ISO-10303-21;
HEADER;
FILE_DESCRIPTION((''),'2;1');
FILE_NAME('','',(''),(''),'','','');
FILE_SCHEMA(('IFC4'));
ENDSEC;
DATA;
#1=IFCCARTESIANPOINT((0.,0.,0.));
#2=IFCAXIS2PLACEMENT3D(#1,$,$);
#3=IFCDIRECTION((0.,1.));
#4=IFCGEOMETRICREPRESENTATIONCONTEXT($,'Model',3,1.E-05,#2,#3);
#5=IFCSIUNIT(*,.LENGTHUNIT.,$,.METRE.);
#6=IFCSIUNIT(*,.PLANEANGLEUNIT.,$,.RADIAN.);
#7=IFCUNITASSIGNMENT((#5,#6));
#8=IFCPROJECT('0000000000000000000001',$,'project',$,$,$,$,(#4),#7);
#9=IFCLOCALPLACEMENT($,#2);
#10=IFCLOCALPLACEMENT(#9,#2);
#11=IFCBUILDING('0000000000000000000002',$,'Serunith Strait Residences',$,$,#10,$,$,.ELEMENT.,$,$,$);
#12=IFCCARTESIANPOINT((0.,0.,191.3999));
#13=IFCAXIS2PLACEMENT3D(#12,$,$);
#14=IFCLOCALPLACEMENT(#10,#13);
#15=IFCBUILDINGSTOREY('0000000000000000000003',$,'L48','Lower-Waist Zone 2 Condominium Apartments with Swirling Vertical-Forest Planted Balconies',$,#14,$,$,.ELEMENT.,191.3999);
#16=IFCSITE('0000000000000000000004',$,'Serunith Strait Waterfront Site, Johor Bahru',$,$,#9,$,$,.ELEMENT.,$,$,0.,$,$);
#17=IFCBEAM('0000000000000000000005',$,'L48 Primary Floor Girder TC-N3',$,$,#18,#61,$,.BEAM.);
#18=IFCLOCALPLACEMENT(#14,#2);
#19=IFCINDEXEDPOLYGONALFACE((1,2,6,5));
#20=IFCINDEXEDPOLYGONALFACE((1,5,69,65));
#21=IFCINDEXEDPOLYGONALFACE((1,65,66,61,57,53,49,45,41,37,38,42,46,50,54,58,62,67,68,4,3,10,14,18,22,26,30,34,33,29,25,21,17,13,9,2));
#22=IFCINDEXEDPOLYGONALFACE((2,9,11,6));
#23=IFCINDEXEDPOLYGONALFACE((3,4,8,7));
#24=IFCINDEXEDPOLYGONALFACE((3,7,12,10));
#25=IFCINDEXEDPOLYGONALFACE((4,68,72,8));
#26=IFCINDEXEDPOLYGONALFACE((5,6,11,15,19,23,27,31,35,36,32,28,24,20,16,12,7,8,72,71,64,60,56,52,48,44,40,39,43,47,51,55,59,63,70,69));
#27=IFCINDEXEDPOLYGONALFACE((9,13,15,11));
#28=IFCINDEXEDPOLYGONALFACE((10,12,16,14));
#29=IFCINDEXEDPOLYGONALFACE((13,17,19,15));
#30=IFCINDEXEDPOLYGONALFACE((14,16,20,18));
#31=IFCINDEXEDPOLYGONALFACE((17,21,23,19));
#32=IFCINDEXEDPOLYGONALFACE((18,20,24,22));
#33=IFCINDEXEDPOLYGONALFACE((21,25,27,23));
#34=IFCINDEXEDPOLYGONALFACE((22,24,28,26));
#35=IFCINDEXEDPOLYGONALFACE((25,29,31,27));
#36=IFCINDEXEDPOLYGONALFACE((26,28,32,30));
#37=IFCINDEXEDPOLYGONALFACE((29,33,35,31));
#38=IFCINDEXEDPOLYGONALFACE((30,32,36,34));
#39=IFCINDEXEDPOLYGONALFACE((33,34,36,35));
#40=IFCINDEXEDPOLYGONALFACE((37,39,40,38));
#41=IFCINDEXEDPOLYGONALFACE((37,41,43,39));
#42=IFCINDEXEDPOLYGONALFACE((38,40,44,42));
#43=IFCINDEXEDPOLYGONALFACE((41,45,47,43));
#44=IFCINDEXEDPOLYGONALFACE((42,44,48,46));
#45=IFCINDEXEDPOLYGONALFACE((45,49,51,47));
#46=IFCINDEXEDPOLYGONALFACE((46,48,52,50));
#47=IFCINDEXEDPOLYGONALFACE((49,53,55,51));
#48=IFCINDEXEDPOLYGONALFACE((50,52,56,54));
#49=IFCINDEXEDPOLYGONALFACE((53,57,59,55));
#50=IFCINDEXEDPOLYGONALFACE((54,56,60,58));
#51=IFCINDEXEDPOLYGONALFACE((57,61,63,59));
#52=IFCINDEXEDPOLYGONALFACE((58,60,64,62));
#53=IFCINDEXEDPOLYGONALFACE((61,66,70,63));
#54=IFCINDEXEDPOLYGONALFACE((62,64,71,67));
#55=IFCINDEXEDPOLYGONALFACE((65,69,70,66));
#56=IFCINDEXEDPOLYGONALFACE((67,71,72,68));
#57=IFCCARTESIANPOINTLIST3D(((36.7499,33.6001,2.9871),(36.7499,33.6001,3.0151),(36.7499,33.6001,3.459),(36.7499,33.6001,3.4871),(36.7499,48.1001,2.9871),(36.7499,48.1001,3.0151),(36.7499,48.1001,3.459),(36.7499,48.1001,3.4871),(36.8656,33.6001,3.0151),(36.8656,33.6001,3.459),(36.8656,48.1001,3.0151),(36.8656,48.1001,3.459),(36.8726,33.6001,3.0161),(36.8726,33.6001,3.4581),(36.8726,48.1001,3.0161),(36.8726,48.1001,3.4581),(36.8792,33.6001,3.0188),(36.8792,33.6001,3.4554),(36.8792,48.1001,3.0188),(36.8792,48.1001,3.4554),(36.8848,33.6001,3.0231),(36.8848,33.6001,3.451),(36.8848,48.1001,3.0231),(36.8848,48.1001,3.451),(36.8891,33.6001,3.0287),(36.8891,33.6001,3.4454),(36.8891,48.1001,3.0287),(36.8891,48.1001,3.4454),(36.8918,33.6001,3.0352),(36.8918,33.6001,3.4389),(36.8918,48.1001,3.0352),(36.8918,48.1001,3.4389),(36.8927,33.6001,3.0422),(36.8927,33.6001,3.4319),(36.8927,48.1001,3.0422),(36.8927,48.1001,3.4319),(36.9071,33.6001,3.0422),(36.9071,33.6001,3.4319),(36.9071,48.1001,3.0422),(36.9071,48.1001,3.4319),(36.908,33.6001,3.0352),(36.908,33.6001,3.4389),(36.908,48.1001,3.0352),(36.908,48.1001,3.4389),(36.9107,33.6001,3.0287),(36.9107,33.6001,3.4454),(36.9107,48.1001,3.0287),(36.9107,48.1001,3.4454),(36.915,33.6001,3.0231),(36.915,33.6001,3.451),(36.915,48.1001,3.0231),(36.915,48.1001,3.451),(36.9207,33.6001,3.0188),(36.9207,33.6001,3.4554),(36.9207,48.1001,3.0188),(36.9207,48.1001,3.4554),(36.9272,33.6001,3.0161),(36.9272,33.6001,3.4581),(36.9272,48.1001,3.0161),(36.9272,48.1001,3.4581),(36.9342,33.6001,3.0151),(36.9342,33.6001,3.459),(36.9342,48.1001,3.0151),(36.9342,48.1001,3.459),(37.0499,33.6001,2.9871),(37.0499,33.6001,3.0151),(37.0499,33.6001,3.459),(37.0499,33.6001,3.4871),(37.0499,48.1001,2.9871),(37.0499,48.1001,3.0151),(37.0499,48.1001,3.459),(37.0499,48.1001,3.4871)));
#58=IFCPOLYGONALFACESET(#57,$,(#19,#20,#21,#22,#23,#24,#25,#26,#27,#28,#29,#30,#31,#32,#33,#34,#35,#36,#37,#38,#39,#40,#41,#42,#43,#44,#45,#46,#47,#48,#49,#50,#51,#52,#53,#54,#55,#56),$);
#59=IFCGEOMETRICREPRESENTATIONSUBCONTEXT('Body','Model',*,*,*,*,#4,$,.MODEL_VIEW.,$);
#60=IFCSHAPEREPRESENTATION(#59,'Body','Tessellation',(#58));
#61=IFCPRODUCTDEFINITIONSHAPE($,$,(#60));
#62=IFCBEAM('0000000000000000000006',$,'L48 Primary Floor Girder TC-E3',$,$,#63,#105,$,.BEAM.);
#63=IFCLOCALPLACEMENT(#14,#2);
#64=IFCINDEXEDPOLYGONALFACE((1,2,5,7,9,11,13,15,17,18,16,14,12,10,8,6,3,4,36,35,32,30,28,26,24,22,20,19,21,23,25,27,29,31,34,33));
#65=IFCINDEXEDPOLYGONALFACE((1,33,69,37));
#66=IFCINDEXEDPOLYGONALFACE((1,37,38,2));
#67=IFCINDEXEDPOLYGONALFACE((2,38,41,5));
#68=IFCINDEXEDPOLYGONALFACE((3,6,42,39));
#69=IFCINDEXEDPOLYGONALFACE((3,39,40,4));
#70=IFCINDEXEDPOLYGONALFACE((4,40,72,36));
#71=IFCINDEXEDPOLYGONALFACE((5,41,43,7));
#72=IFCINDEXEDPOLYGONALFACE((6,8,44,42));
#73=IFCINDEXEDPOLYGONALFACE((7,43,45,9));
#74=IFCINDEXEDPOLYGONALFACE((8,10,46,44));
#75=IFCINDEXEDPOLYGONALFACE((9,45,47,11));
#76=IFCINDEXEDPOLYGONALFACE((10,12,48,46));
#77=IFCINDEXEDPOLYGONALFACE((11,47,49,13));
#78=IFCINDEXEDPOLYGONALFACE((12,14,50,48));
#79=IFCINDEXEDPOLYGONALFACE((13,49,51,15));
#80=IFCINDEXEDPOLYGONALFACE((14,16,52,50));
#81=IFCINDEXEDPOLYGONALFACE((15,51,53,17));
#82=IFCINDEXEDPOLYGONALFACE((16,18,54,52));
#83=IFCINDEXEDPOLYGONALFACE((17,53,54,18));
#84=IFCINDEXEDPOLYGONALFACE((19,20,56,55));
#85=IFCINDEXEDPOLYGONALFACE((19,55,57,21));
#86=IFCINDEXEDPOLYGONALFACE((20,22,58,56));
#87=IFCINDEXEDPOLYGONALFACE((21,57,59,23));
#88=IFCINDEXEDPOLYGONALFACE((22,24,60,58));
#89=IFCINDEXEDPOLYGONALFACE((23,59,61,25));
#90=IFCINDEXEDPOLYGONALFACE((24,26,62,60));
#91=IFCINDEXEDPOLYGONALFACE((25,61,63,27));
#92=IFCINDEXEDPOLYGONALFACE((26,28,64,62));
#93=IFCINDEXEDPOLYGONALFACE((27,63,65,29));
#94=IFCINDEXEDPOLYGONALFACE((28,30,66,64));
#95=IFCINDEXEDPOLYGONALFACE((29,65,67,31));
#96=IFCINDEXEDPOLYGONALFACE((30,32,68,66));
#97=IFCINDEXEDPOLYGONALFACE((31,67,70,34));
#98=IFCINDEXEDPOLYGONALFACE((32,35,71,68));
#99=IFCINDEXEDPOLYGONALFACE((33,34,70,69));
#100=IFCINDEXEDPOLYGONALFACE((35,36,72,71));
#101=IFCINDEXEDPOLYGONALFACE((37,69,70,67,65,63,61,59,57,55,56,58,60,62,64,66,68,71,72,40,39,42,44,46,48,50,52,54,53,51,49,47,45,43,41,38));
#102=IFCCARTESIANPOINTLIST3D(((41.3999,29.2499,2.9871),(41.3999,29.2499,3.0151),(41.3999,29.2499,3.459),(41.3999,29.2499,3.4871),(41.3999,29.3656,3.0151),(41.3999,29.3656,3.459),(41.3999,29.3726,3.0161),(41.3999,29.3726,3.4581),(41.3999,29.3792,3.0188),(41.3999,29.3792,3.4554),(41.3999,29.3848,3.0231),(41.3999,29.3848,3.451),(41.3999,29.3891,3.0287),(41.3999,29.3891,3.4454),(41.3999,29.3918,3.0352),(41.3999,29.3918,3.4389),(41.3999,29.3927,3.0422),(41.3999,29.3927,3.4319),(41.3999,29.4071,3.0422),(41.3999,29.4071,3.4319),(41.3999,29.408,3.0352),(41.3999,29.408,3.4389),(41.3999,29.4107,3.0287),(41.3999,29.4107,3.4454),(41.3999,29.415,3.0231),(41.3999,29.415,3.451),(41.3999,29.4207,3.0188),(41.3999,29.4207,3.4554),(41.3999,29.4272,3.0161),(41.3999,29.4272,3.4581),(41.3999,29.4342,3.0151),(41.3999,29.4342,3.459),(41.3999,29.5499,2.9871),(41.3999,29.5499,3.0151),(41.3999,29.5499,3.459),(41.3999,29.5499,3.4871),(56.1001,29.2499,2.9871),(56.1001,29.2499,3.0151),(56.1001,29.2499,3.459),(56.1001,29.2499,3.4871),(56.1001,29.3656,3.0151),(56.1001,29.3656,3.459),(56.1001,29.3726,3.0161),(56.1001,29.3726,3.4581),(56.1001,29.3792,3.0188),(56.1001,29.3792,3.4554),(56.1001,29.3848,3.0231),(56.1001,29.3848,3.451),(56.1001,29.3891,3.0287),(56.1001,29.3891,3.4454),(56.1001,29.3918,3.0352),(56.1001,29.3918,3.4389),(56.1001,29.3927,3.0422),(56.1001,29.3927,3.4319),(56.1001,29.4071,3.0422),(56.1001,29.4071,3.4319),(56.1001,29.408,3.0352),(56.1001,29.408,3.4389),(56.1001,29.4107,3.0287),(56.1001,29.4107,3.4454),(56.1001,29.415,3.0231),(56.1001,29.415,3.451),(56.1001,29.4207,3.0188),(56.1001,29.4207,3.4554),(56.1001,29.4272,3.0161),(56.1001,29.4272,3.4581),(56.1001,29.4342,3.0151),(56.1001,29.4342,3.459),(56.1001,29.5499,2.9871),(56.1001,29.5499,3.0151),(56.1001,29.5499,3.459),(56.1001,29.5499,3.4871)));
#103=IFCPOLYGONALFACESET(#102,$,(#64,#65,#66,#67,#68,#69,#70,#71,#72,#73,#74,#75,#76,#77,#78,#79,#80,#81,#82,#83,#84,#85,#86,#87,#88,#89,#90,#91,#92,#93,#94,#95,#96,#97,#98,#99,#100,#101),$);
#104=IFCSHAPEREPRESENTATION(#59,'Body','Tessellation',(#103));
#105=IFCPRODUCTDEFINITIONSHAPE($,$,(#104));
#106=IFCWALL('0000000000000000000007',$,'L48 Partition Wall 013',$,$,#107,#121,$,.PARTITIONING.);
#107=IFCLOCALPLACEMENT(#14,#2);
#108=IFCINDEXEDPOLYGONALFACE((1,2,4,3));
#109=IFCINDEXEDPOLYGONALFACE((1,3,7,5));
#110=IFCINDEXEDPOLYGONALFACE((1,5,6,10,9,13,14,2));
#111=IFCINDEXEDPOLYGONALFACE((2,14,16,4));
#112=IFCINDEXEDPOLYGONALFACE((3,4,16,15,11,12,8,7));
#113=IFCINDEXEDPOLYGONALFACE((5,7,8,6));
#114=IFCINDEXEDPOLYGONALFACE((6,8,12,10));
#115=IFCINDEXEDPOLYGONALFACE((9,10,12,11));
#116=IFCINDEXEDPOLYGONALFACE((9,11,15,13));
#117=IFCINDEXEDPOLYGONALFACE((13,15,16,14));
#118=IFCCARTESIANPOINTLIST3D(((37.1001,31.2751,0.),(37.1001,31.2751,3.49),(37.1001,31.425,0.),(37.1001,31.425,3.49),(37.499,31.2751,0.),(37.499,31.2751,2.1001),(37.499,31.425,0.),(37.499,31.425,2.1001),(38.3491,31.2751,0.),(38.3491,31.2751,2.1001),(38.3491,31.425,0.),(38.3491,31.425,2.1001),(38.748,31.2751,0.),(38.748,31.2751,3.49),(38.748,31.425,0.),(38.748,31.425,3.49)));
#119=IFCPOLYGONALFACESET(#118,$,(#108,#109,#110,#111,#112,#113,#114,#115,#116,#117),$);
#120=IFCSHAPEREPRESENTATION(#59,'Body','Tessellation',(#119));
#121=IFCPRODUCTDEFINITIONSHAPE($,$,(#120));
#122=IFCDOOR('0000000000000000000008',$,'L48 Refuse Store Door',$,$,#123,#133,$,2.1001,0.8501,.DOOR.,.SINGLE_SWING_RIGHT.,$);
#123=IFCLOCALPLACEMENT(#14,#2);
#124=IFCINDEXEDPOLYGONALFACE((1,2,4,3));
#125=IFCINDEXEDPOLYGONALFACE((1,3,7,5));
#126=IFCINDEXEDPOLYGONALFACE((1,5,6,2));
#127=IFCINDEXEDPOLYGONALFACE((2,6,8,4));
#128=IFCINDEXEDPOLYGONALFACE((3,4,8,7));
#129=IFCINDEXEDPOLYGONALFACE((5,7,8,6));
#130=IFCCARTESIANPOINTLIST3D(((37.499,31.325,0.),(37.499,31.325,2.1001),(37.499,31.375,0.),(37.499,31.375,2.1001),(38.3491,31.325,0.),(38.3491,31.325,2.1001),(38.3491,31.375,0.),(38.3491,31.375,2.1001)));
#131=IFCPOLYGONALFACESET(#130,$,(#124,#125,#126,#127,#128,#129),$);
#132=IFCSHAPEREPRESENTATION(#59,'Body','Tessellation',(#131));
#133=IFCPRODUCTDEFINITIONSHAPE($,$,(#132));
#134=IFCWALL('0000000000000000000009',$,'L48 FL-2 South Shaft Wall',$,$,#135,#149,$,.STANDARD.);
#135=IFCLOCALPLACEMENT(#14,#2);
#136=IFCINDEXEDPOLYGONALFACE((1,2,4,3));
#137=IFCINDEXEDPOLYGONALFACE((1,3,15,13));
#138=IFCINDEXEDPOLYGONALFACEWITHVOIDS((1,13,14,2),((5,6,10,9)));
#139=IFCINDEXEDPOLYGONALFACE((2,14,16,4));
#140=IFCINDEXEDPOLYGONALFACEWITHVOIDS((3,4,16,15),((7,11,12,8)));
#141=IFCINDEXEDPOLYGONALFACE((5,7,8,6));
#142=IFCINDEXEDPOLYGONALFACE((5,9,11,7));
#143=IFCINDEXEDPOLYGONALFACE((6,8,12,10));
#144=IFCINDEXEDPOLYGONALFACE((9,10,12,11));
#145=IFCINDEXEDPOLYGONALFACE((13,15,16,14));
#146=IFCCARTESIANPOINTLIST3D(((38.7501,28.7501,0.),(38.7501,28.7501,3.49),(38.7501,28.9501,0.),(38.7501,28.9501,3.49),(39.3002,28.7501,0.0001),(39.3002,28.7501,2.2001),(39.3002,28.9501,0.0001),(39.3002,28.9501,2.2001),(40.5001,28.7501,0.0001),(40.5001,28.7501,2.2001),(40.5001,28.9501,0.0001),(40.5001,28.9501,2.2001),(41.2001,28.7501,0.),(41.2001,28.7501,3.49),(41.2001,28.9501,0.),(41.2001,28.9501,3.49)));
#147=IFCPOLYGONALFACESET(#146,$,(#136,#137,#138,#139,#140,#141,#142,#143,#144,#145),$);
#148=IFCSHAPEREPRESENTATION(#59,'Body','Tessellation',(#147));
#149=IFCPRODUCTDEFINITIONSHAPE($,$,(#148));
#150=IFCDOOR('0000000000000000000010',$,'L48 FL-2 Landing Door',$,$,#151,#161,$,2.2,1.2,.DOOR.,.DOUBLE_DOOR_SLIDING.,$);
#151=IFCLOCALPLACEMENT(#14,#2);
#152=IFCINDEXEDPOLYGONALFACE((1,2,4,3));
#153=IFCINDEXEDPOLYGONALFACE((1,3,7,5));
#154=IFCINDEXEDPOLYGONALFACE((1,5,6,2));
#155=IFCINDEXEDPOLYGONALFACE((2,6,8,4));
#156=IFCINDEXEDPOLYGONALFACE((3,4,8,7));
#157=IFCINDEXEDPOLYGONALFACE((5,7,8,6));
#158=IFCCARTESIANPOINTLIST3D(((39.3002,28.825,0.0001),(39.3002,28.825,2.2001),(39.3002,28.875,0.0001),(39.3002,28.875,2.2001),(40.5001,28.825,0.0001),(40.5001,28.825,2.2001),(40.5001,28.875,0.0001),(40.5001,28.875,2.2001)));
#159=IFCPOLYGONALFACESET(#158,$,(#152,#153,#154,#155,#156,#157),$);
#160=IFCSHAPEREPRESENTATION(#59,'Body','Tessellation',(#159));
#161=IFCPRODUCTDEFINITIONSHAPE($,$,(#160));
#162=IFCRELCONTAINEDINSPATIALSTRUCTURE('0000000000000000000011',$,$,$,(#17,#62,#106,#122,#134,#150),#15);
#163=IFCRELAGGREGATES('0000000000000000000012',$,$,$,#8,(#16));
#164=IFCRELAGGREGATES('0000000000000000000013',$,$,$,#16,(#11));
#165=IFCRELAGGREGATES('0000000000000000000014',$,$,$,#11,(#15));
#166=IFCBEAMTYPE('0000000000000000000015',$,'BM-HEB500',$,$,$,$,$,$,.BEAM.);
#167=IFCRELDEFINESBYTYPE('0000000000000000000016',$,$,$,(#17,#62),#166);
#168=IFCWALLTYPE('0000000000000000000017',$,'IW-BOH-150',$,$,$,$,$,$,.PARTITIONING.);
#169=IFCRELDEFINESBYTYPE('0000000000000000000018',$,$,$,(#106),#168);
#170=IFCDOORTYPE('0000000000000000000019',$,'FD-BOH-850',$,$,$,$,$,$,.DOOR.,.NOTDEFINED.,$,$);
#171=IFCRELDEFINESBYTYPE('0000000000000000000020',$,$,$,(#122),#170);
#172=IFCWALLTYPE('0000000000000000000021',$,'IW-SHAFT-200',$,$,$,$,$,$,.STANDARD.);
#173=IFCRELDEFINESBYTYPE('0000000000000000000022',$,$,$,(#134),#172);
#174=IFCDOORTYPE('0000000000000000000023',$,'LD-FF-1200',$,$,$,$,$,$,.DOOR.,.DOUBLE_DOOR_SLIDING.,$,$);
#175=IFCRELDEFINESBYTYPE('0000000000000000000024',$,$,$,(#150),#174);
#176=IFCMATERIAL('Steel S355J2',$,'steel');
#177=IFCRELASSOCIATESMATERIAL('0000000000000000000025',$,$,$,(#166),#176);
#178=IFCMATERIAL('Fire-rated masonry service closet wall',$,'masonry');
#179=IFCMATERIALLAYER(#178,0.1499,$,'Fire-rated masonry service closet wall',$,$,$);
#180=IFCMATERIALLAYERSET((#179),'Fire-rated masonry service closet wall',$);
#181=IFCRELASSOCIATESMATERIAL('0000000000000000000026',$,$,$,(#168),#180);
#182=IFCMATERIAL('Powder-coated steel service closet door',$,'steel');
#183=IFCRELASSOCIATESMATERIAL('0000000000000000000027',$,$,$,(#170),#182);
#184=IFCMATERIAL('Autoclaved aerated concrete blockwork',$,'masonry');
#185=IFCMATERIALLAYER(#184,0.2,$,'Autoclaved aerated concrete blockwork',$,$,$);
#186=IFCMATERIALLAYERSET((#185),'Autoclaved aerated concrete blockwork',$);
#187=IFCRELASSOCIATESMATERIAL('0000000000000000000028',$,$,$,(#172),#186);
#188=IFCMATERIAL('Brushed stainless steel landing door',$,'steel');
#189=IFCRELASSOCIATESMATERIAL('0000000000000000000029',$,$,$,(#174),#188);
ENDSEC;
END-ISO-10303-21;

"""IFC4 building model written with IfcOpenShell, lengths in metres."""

from ifc_helpers import new_model, si_unit, direction, frame, frame_2d, origin, origin_2d, place, context, subcontext, project, spatial, rectangle, i_section, extrude, source, transform, mapped, material, layer, layer_set, material_profile, profile_set, type_object, element, fill, save


model = new_model("IFC4")

# Units and contexts
model_context = context("Model", 3, precision=1e-05, world=origin(), true_north=direction((0.0, 1.0)))
body_context = subcontext(model_context, "Body", "Model", "MODEL_VIEW")
ifc_project = project(units=[si_unit("LENGTHUNIT", "METRE"), si_unit("PLANEANGLEUNIT", "RADIAN")], contexts=[model_context])

# Site, building, storey
site_placement = place(None, origin())
site = spatial("IfcSite", under=ifc_project, at=site_placement, Name="Serunith Strait Waterfront Site, Johor Bahru", CompositionType="ELEMENT", RefElevation=0.0)
building_placement = place(site_placement, origin())
building = spatial("IfcBuilding", under=site, at=building_placement, Name="Serunith Strait Residences", CompositionType="ELEMENT")
storey_placement = place(building_placement, frame((0.0, 0.0, 191.3999)))
storey = spatial("IfcBuildingStorey", under=building, at=storey_placement, Name="L48", Description="Lower-Waist Zone 2 Condominium Apartments with Swirling Vertical-Forest Planted Balconies", CompositionType="ELEMENT", Elevation=191.3999)

# Beams
ifc_material_1 = material(Name="Steel S355J2", Category="steel")
ifc_material_profile = material_profile(ifc_material_1, i_section(OverallWidth=0.3, OverallDepth=0.5, WebThickness=0.0144, FlangeThickness=0.0281, FilletRadius=0.0271, at=origin_2d()), Name="HEB 500")
ifc_profile_set = profile_set([ifc_material_profile], Name="Steel S355J2")
beam_type = type_object("IfcBeamType", Name="BM-HEB500", PredefinedType="BEAM", material=ifc_profile_set)
shared_shape_1 = source(origin(), body_context, "Body", "SweptSolid", [
    extrude(i_section(OverallWidth=0.3, OverallDepth=0.5, WebThickness=0.0144, FlangeThickness=0.0281, FilletRadius=0.0271, at=origin_2d()), origin(), (0.0, 0.0, 1.0), 14.5),
])
beam_1_placement = place(storey_placement, frame((36.8999, 33.6001, 3.2371), z_axis=(0.0, 1.0, 0.0), x_axis=(-1.0, 0.0, 0.0)))
element("IfcBeam", 1, at=beam_1_placement, inside=storey, type_object=beam_type, Name="L48 Primary Floor Girder TC-N3", PredefinedType="BEAM", context=body_context, shape_type="MappedRepresentation", body=[
    mapped(shared_shape_1, transform((0.0, 0.0, 0.0), scale=1.0)),
])
shared_shape_2 = source(origin(), body_context, "Body", "SweptSolid", [
    extrude(i_section(OverallWidth=0.3, OverallDepth=0.5, WebThickness=0.0144, FlangeThickness=0.0281, FilletRadius=0.0271, at=origin_2d()), origin(), (0.0, 0.0, 1.0), 14.7002),
])
beam_2_placement = place(storey_placement, frame((41.3999, 29.3999, 3.2371), z_axis=(1.0, 0.0, 0.0), x_axis=(0.0, 1.0, 0.0)))
element("IfcBeam", 2, at=beam_2_placement, inside=storey, type_object=beam_type, Name="L48 Primary Floor Girder TC-E3", PredefinedType="BEAM", context=body_context, shape_type="MappedRepresentation", body=[
    mapped(shared_shape_2, transform((0.0, 0.0, 0.0), scale=1.0)),
])

# Walls, openings, doors
ifc_material_2 = material(Name="Fire-rated masonry service closet wall", Category="masonry")
ifc_layer_1 = layer(ifc_material_2, 0.1499, Name="Fire-rated masonry service closet wall")
ifc_layer_set_1 = layer_set([ifc_layer_1], Name="Fire-rated masonry service closet wall")
wall_type_1 = type_object("IfcWallType", Name="IW-BOH-150", PredefinedType="PARTITIONING", material=ifc_layer_set_1)
wall_1_placement = place(storey_placement, frame((37.1001, 31.3501, 0.0), z_axis=(0.0, 0.0, 1.0), x_axis=(1.0, 0.0, 0.0)))
wall_1 = element("IfcWall", 3, at=wall_1_placement, inside=storey, type_object=wall_type_1, Name="L48 Partition Wall 013", PredefinedType="PARTITIONING", context=body_context, shape_type="SweptSolid", body=[
    extrude(rectangle(XDim=1.6479, YDim=0.1499, at=frame_2d((0.824, 0.0))), origin(), (0.0, 0.0, 1.0), 3.49),
])
opening_1_placement = place(wall_1_placement, frame((0.3989, 0.0, 0.0)))
opening_1 = element("IfcOpeningElement", 4, at=opening_1_placement, cuts=wall_1, PredefinedType="OPENING", context=body_context, shape_type="SweptSolid", body=[
    extrude(rectangle(XDim=0.8501, YDim=2.1001, at=frame_2d((0.425, 1.05))), frame((0.0, 0.085, 0.0), z_axis=(0.0, -1.0, 0.0), x_axis=(1.0, 0.0, 0.0)), (0.0, 0.0, 1.0), 0.1699),
])
ifc_material_3 = material(Name="Powder-coated steel service closet door", Category="steel")
door_type_1 = type_object("IfcDoorType", Name="FD-BOH-850", OperationType="NOTDEFINED", PredefinedType="DOOR", material=ifc_material_3)
shared_shape_3 = source(origin(), body_context, "Body", "SweptSolid", [
    extrude(rectangle(XDim=0.8501, YDim=2.1001, at=frame_2d((0.425, 1.05))), frame((0.0, 0.0249, 0.0), z_axis=(0.0, -1.0, 0.0), x_axis=(1.0, 0.0, 0.0)), (0.0, 0.0, 1.0), 0.05),
])
door_1_placement = place(opening_1_placement, origin())
door_1 = element("IfcDoor", 5, at=door_1_placement, inside=storey, type_object=door_type_1, Name="L48 Refuse Store Door", OperationType="SINGLE_SWING_RIGHT", OverallHeight=2.1001, OverallWidth=0.8501, PredefinedType="DOOR", context=body_context, shape_type="MappedRepresentation", body=[
    mapped(shared_shape_3, transform((0.0, 0.0, 0.0), scale=1.0)),
])
fill(opening_1, door_1)
ifc_material_4 = material(Name="Autoclaved aerated concrete blockwork", Category="masonry")
ifc_layer_2 = layer(ifc_material_4, 0.2, Name="Autoclaved aerated concrete blockwork")
ifc_layer_set_2 = layer_set([ifc_layer_2], Name="Autoclaved aerated concrete blockwork")
wall_type_2 = type_object("IfcWallType", Name="IW-SHAFT-200", PredefinedType="STANDARD", material=ifc_layer_set_2)
wall_2_placement = place(storey_placement, frame((38.75, 28.8501, 0.0), z_axis=(0.0, 0.0, 1.0), x_axis=(1.0, 0.0, 0.0)))
wall_2 = element("IfcWall", 6, at=wall_2_placement, inside=storey, type_object=wall_type_2, Name="L48 FL-2 South Shaft Wall", PredefinedType="STANDARD", context=body_context, shape_type="SweptSolid", body=[
    extrude(rectangle(XDim=2.45, YDim=0.2, at=frame_2d((1.2251, 0.0))), origin(), (0.0, 0.0, 1.0), 3.49),
])
opening_2_placement = place(wall_2_placement, frame((0.55, 0.0, 0.0)))
opening_2 = element("IfcOpeningElement", 7, at=opening_2_placement, cuts=wall_2, PredefinedType="OPENING", context=body_context, shape_type="SweptSolid", body=[
    extrude(rectangle(XDim=1.2, YDim=2.2, at=frame_2d((0.6001, 1.1001))), frame((0.0, 0.1099, 0.0), z_axis=(0.0, -1.0, 0.0), x_axis=(1.0, 0.0, 0.0)), (0.0, 0.0, 1.0), 0.22),
])
ifc_material_5 = material(Name="Brushed stainless steel landing door", Category="steel")
door_type_2 = type_object("IfcDoorType", Name="LD-FF-1200", OperationType="DOUBLE_DOOR_SLIDING", PredefinedType="DOOR", material=ifc_material_5)
shared_shape_4 = source(origin(), body_context, "Body", "SweptSolid", [
    extrude(rectangle(XDim=1.2, YDim=2.2, at=frame_2d((0.6001, 1.1001))), frame((0.0, 0.0249, 0.0), z_axis=(0.0, -1.0, 0.0), x_axis=(1.0, 0.0, 0.0)), (0.0, 0.0, 1.0), 0.05),
])
door_2_placement = place(opening_2_placement, origin())
door_2 = element("IfcDoor", 8, at=door_2_placement, inside=storey, type_object=door_type_2, Name="L48 FL-2 Landing Door", OperationType="DOUBLE_DOOR_SLIDING", OverallHeight=2.2, OverallWidth=1.2, PredefinedType="DOOR", context=body_context, shape_type="MappedRepresentation", body=[
    mapped(shared_shape_4, transform((0.0, 0.0, 0.0), scale=1.0)),
])
fill(opening_2, door_2)

save(model, "model.ifc")
